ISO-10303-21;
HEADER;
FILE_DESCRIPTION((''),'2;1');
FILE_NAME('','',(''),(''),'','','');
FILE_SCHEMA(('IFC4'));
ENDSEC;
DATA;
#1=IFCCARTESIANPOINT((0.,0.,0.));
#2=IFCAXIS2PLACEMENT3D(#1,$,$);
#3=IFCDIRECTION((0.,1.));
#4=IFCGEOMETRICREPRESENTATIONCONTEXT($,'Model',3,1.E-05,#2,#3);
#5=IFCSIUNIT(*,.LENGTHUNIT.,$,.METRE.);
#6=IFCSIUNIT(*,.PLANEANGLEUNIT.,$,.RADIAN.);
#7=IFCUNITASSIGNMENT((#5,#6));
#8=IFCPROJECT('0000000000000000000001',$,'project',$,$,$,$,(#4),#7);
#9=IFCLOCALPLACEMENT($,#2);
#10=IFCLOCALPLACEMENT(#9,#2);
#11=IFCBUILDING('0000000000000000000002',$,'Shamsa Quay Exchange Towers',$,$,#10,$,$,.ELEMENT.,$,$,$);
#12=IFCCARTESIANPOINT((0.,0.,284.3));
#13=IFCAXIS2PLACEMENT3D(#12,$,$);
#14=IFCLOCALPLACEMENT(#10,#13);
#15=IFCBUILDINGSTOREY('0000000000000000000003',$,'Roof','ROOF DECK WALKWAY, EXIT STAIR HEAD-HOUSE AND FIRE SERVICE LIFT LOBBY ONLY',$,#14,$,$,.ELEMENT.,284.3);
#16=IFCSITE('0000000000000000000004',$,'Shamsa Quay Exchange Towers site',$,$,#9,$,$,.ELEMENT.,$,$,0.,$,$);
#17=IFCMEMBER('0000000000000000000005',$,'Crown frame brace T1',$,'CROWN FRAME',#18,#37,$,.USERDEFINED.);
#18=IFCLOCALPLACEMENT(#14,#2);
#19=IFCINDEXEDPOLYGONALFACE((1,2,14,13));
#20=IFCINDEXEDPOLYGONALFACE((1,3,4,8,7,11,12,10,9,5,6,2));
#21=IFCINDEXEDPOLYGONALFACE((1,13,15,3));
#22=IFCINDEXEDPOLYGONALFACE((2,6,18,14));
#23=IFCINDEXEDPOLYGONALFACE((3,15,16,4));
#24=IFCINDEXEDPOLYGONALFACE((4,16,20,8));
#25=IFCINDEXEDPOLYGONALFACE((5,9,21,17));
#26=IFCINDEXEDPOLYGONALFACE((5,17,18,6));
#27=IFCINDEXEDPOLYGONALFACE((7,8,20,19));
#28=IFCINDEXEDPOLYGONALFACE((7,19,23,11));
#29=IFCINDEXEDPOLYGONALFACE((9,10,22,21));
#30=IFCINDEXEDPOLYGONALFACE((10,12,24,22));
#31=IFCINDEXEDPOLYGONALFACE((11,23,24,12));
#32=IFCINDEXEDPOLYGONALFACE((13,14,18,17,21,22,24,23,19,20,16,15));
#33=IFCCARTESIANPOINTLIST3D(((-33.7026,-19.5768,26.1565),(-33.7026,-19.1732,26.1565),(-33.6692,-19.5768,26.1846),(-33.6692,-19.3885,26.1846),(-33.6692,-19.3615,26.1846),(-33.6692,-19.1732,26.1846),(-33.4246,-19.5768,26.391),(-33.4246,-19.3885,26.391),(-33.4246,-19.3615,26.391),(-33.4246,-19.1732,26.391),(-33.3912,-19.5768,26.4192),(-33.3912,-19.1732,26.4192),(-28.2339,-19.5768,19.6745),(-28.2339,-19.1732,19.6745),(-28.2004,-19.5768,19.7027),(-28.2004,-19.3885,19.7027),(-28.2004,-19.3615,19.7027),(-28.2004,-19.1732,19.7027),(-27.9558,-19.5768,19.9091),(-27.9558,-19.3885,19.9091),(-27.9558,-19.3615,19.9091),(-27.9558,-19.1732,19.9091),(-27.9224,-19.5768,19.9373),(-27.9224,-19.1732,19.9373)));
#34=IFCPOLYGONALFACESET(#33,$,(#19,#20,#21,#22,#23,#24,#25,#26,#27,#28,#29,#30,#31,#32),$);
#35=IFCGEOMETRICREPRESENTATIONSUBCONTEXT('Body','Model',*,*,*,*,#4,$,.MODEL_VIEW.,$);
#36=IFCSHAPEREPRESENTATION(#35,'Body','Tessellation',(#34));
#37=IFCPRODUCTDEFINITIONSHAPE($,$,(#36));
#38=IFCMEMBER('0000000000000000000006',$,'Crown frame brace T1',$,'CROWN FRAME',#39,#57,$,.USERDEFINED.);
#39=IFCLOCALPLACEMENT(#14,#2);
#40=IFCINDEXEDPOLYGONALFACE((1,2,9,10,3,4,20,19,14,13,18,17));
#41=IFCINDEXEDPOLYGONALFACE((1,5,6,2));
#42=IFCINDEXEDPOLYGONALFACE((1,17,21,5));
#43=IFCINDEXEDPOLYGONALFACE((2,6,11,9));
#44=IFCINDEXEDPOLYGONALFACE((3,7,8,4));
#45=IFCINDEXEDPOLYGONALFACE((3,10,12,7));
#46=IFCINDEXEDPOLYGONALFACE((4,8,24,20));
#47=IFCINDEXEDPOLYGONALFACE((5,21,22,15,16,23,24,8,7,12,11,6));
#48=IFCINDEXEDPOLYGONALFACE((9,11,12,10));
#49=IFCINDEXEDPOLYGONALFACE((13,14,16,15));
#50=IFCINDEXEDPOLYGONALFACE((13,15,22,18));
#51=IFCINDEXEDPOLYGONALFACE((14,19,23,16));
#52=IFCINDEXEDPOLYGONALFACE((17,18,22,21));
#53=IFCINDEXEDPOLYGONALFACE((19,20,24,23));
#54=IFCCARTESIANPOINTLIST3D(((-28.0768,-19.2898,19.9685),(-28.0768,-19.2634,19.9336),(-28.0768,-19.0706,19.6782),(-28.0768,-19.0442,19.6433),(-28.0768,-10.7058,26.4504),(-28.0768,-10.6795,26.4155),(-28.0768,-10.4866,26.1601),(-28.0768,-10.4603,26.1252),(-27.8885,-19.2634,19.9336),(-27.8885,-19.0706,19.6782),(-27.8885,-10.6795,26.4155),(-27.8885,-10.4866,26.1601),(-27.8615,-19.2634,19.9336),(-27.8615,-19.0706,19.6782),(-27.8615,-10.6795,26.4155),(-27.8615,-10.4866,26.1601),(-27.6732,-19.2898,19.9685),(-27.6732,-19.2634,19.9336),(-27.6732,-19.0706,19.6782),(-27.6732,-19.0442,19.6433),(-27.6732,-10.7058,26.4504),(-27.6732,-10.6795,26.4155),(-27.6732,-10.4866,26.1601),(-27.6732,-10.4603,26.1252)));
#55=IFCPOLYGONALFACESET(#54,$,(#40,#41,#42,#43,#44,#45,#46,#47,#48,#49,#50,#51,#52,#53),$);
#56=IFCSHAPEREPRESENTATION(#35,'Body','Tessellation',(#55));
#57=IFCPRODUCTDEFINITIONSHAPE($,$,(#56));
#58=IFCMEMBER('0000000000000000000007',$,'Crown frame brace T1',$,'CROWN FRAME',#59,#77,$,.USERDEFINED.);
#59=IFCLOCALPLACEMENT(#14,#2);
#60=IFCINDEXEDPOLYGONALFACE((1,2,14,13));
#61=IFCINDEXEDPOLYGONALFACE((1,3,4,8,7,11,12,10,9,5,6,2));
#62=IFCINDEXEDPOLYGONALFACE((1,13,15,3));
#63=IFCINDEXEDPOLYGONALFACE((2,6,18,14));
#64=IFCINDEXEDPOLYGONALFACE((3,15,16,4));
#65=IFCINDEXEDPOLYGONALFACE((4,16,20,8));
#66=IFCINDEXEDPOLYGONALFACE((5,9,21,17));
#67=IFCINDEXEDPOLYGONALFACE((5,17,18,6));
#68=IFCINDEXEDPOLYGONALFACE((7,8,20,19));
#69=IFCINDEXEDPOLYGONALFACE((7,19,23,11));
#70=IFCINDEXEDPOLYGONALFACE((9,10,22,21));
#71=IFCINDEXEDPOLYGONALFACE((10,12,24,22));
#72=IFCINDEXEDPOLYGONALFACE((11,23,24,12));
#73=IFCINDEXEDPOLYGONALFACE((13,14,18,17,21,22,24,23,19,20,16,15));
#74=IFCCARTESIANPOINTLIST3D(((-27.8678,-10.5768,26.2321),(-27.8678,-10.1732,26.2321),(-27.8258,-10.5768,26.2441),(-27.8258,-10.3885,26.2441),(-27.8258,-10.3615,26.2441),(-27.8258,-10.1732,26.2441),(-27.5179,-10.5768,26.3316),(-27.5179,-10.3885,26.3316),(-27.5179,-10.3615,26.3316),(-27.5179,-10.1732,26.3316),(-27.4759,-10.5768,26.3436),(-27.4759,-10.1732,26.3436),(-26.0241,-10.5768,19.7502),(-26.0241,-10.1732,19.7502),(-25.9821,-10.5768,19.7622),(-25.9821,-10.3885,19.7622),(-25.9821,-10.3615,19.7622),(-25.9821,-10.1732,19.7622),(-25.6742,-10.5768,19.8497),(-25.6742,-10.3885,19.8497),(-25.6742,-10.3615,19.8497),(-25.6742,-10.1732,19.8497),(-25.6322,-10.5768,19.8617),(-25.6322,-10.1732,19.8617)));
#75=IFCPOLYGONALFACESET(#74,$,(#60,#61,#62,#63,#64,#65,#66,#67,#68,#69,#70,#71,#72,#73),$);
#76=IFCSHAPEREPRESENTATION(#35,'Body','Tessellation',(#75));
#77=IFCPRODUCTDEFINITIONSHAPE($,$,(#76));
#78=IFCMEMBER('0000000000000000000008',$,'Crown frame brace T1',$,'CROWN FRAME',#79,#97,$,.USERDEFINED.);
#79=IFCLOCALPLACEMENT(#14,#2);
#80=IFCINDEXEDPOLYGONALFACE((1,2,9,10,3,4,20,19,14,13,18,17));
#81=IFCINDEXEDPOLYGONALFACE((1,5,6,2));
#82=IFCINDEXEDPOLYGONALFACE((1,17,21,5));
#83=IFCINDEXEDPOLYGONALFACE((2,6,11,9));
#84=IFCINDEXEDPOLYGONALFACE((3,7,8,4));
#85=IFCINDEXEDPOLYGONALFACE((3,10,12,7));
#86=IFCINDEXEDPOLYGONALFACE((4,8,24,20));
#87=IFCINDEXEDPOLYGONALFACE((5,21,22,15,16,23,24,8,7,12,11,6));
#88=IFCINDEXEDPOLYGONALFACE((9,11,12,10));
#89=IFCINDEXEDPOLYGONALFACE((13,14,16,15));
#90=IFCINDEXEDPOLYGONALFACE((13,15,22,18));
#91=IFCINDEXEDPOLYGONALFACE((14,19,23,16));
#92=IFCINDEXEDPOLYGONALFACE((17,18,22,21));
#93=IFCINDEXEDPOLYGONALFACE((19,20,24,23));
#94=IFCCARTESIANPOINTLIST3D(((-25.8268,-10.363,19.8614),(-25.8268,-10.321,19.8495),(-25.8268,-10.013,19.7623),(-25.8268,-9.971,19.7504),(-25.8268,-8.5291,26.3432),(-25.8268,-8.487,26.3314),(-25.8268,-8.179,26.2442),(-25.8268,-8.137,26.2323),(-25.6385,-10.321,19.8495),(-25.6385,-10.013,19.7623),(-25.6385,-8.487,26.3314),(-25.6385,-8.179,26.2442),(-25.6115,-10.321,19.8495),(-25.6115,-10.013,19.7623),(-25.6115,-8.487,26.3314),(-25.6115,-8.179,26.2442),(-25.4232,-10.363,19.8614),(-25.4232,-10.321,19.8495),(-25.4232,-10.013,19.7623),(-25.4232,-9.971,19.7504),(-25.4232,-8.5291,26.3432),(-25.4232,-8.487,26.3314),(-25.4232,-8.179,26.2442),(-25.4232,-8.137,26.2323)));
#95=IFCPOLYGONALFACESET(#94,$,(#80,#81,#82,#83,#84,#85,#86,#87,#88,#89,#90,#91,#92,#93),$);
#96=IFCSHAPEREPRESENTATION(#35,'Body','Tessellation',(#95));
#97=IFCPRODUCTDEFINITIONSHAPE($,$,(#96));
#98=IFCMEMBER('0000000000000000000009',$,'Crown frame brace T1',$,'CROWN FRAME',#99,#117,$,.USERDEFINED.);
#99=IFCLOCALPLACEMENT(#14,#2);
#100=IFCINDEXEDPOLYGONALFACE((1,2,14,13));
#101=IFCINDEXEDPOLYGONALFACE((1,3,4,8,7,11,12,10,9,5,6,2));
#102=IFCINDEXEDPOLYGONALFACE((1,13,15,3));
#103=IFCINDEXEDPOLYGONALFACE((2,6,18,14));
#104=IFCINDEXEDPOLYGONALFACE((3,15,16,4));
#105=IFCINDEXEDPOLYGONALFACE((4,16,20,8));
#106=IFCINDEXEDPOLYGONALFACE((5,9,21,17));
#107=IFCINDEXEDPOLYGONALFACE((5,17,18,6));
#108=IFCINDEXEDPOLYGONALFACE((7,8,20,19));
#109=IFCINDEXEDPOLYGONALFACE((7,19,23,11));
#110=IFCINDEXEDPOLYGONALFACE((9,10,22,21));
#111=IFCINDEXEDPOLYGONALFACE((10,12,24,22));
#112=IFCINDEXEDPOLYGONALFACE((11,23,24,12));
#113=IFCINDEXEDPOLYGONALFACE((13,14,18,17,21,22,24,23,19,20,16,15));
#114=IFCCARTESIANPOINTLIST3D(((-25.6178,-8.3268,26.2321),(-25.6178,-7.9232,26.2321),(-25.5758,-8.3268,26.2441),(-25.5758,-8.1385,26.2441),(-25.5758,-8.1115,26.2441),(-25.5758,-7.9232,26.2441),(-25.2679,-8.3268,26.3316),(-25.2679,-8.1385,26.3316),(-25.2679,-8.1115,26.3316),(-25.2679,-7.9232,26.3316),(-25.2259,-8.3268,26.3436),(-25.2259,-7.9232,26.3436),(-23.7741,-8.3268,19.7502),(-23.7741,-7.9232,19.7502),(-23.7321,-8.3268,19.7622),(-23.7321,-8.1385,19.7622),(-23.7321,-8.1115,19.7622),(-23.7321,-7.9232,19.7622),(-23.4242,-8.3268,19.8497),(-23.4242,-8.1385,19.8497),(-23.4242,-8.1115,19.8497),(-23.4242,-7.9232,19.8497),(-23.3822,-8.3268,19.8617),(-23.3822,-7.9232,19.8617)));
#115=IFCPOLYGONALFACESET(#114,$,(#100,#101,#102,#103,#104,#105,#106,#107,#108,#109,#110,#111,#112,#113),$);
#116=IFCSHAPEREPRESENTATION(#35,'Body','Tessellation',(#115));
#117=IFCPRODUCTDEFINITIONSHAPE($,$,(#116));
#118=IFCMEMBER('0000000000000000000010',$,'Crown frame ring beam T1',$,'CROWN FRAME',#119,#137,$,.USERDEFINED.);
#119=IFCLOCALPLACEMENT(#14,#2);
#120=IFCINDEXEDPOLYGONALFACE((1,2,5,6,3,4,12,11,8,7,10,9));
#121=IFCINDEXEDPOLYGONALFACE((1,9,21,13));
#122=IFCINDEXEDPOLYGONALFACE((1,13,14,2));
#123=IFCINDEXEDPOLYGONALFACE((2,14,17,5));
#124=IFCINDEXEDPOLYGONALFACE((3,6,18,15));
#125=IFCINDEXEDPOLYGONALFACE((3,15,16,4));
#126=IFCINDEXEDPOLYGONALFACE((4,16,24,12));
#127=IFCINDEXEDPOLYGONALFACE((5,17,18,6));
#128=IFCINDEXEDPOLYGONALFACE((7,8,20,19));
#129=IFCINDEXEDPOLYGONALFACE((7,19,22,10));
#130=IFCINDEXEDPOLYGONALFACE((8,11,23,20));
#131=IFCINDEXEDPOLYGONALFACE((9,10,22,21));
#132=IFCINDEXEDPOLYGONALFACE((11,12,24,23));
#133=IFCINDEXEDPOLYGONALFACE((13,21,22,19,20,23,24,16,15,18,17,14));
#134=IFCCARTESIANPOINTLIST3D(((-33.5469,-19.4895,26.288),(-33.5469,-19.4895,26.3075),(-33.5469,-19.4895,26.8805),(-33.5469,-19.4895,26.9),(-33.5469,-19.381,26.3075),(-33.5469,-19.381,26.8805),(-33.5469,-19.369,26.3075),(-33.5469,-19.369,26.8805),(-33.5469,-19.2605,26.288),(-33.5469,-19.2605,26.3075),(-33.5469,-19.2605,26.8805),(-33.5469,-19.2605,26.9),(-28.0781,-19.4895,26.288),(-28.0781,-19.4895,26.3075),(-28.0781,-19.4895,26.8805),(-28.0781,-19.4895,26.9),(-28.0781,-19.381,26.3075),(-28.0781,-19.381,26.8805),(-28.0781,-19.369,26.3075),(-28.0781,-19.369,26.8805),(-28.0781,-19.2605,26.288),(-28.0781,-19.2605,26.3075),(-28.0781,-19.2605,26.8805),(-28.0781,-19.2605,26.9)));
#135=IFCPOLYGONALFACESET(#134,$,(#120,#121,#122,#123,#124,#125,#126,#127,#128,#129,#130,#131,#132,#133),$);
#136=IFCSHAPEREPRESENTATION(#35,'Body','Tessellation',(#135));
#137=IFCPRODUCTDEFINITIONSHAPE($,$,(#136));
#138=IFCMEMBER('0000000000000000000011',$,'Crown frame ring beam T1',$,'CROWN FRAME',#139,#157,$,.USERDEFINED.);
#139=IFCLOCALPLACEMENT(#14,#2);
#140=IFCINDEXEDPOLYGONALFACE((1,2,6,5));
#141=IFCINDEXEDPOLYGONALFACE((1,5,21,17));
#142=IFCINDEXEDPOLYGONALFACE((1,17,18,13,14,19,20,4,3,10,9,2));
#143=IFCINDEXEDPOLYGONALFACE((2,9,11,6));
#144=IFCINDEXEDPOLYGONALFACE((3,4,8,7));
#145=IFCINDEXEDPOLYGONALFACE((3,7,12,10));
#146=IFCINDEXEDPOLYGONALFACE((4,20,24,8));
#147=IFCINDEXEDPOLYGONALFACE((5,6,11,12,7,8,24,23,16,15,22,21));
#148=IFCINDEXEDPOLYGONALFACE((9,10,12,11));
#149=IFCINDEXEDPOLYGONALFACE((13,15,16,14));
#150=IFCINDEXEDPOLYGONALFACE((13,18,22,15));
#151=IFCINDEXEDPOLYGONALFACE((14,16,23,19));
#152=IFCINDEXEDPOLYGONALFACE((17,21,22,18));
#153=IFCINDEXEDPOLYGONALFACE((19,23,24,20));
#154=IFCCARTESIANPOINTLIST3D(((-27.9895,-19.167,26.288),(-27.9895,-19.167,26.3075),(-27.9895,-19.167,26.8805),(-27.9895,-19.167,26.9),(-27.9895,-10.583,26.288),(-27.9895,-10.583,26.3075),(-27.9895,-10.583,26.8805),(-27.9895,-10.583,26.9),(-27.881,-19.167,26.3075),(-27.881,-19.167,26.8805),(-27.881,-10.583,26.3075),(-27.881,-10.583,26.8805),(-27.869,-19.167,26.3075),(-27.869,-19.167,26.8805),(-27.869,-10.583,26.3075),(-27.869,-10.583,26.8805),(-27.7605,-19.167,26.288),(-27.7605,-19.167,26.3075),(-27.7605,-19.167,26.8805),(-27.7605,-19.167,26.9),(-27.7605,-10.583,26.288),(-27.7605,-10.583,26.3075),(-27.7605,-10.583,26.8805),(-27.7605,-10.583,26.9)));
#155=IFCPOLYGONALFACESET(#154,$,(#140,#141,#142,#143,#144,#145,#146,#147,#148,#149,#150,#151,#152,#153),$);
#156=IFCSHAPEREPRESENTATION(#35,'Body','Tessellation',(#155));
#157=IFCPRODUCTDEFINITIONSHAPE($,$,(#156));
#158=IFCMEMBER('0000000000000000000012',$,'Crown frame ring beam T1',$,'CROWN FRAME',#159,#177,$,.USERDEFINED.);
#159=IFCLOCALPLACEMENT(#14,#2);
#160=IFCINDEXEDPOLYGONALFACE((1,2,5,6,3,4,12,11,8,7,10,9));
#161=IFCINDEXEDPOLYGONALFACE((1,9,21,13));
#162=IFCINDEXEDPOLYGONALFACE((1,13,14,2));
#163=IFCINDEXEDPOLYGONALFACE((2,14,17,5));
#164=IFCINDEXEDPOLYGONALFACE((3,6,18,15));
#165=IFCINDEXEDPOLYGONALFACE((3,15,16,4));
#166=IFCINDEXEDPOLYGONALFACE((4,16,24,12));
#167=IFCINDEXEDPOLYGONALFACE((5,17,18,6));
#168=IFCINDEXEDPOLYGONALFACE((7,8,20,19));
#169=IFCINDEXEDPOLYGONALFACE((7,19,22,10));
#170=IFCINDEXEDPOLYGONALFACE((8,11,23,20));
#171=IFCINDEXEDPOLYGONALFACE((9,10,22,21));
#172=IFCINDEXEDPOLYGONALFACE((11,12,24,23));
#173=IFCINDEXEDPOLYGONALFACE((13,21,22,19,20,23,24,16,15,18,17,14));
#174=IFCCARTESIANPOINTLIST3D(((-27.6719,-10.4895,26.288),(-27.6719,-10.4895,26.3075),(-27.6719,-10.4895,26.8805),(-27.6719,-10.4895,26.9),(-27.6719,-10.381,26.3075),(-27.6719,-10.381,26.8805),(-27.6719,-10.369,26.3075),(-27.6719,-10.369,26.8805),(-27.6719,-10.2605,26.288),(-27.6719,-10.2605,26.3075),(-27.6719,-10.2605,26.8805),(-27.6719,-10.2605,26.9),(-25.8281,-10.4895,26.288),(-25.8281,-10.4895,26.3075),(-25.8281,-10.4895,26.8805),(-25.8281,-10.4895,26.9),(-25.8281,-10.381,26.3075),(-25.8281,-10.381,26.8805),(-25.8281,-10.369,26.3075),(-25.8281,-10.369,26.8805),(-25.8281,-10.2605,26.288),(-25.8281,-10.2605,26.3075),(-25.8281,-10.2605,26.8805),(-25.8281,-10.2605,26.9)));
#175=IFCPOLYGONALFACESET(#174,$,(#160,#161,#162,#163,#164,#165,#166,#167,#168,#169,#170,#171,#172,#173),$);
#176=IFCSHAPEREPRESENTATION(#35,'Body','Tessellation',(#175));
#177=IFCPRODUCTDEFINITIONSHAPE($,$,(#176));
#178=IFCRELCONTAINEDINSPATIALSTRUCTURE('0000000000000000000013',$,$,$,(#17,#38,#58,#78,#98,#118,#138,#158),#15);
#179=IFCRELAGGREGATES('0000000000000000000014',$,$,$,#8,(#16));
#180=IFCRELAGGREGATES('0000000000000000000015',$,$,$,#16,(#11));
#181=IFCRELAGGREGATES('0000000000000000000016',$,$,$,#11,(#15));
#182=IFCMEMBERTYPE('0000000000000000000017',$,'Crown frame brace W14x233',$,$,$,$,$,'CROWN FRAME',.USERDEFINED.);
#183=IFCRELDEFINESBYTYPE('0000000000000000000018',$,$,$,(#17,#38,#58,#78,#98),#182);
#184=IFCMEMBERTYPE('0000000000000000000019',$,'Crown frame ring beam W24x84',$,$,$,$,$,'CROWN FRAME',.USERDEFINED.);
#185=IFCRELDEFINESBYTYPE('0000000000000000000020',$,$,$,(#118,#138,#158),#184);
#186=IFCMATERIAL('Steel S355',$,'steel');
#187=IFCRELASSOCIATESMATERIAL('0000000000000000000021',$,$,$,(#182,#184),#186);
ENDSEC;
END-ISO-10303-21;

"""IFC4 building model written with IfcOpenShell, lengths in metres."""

from ifc_helpers import new_model, si_unit, direction, frame, origin, origin_2d, place, context, subcontext, project, spatial, i_section, extrude, material, material_profile, profile_set, type_object, element, save


model = new_model("IFC4")

# Units and contexts
model_context = context("Model", 3, precision=1e-05, world=origin(), true_north=direction((0.0, 1.0)))
body_context = subcontext(model_context, "Body", "Model", "MODEL_VIEW")
ifc_project = project(units=[si_unit("LENGTHUNIT", "METRE"), si_unit("PLANEANGLEUNIT", "RADIAN")], contexts=[model_context])

# Site, building, storey
site_placement = place(None, origin())
site = spatial("IfcSite", under=ifc_project, at=site_placement, Name="Shamsa Quay Exchange Towers site", CompositionType="ELEMENT", RefElevation=0.0)
building_placement = place(site_placement, origin())
building = spatial("IfcBuilding", under=site, at=building_placement, Name="Shamsa Quay Exchange Towers", CompositionType="ELEMENT")
storey_placement = place(building_placement, frame((0.0, 0.0, 284.3)))
storey = spatial("IfcBuildingStorey", under=building, at=storey_placement, Name="Roof", Description="ROOF DECK WALKWAY, EXIT STAIR HEAD-HOUSE AND FIRE SERVICE LIFT LOBBY ONLY", CompositionType="ELEMENT", Elevation=284.3)

# Members
ifc_material_1 = material(Name="Steel S355", Category="steel")
ifc_material_profile_1 = material_profile(ifc_material_1, i_section(OverallWidth=0.4036, OverallDepth=0.4075, WebThickness=0.0271, FlangeThickness=0.0437, at=origin_2d()), Name="W14x233")
ifc_profile_set_1 = profile_set([ifc_material_profile_1], Name="Steel S355")
member_type_1 = type_object("IfcMemberType", Name="Crown frame brace W14x233", ElementType="CROWN FRAME", PredefinedType="USERDEFINED", material=ifc_profile_set_1)
member_1_placement = place(storey_placement, frame((-33.5469, -19.375, 26.2878), z_axis=(0.644845, 0.0, -0.764314), x_axis=(0.0, 1.0, 0.0)))
element("IfcMember", 1, at=member_1_placement, inside=storey, type_object=member_type_1, Name="Crown frame brace T1", ObjectType="CROWN FRAME", PredefinedType="USERDEFINED", context=body_context, shape_type="SweptSolid", body=[
    extrude(i_section(OverallWidth=0.4036, OverallDepth=0.4075, WebThickness=0.0271, FlangeThickness=0.0437, at=origin_2d()), origin(), (0.0, 0.0, 1.0), 8.4807),
])
member_2_placement = place(storey_placement, frame((-27.875, -19.167, 19.8059), z_axis=(0.0, 0.798035, 0.602612), x_axis=(-1.0, 0.0, 0.0)))
element("IfcMember", 2, at=member_2_placement, inside=storey, type_object=member_type_1, Name="Crown frame brace T1", ObjectType="CROWN FRAME", PredefinedType="USERDEFINED", context=body_context, shape_type="SweptSolid", body=[
    extrude(i_section(OverallWidth=0.4036, OverallDepth=0.4075, WebThickness=0.0271, FlangeThickness=0.0437, at=origin_2d()), origin(), (0.0, 0.0, 1.0), 10.7563),
])
member_3_placement = place(storey_placement, frame((-27.6719, -10.375, 26.2878), z_axis=(0.273592, 0.0, -0.961846), x_axis=(0.0, 1.0, 0.0)))
element("IfcMember", 3, at=member_3_placement, inside=storey, type_object=member_type_1, Name="Crown frame brace T1", ObjectType="CROWN FRAME", PredefinedType="USERDEFINED", context=body_context, shape_type="SweptSolid", body=[
    extrude(i_section(OverallWidth=0.4036, OverallDepth=0.4075, WebThickness=0.0271, FlangeThickness=0.0437, at=origin_2d()), origin(), (0.0, 0.0, 1.0), 6.739),
])
member_4_placement = place(storey_placement, frame((-25.625, -10.167, 19.8059), z_axis=(0.0, 0.27225, 0.962226), x_axis=(-1.0, 0.0, 0.0)))
element("IfcMember", 4, at=member_4_placement, inside=storey, type_object=member_type_1, Name="Crown frame brace T1", ObjectType="CROWN FRAME", PredefinedType="USERDEFINED", context=body_context, shape_type="SweptSolid", body=[
    extrude(i_section(OverallWidth=0.4036, OverallDepth=0.4075, WebThickness=0.0271, FlangeThickness=0.0437, at=origin_2d()), origin(), (0.0, 0.0, 1.0), 6.7363),
])
member_5_placement = place(storey_placement, frame((-25.4219, -8.125, 26.2878), z_axis=(0.273592, 0.0, -0.961846), x_axis=(0.0, 1.0, 0.0)))
element("IfcMember", 5, at=member_5_placement, inside=storey, type_object=member_type_1, Name="Crown frame brace T1", ObjectType="CROWN FRAME", PredefinedType="USERDEFINED", context=body_context, shape_type="SweptSolid", body=[
    extrude(i_section(OverallWidth=0.4036, OverallDepth=0.4075, WebThickness=0.0271, FlangeThickness=0.0437, at=origin_2d()), origin(), (0.0, 0.0, 1.0), 6.739),
])
ifc_material_profile_2 = material_profile(ifc_material_1, i_section(OverallWidth=0.229, OverallDepth=0.6121, WebThickness=0.012, FlangeThickness=0.0195, at=origin_2d()), Name="W24x84")
ifc_profile_set_2 = profile_set([ifc_material_profile_2], Name="Steel S355")
member_type_2 = type_object("IfcMemberType", Name="Crown frame ring beam W24x84", ElementType="CROWN FRAME", PredefinedType="USERDEFINED", material=ifc_profile_set_2)
member_6_placement = place(storey_placement, frame((-33.5469, -19.375, 26.594), z_axis=(1.0, 0.0, 0.0), x_axis=(0.0, 1.0, 0.0)))
element("IfcMember", 6, at=member_6_placement, inside=storey, type_object=member_type_2, Name="Crown frame ring beam T1", ObjectType="CROWN FRAME", PredefinedType="USERDEFINED", context=body_context, shape_type="SweptSolid", body=[
    extrude(i_section(OverallWidth=0.229, OverallDepth=0.6121, WebThickness=0.012, FlangeThickness=0.0195, at=origin_2d()), origin(), (0.0, 0.0, 1.0), 5.4688),
])
member_7_placement = place(storey_placement, frame((-27.875, -19.167, 26.594), z_axis=(0.0, 1.0, 0.0), x_axis=(-1.0, 0.0, 0.0)))
element("IfcMember", 7, at=member_7_placement, inside=storey, type_object=member_type_2, Name="Crown frame ring beam T1", ObjectType="CROWN FRAME", PredefinedType="USERDEFINED", context=body_context, shape_type="SweptSolid", body=[
    extrude(i_section(OverallWidth=0.229, OverallDepth=0.6121, WebThickness=0.012, FlangeThickness=0.0195, at=origin_2d()), origin(), (0.0, 0.0, 1.0), 8.584),
])
member_8_placement = place(storey_placement, frame((-27.6719, -10.375, 26.594), z_axis=(1.0, 0.0, 0.0), x_axis=(0.0, 1.0, 0.0)))
element("IfcMember", 8, at=member_8_placement, inside=storey, type_object=member_type_2, Name="Crown frame ring beam T1", ObjectType="CROWN FRAME", PredefinedType="USERDEFINED", context=body_context, shape_type="SweptSolid", body=[
    extrude(i_section(OverallWidth=0.229, OverallDepth=0.6121, WebThickness=0.012, FlangeThickness=0.0195, at=origin_2d()), origin(), (0.0, 0.0, 1.0), 1.8438),
])

save(model, "model.ifc")
